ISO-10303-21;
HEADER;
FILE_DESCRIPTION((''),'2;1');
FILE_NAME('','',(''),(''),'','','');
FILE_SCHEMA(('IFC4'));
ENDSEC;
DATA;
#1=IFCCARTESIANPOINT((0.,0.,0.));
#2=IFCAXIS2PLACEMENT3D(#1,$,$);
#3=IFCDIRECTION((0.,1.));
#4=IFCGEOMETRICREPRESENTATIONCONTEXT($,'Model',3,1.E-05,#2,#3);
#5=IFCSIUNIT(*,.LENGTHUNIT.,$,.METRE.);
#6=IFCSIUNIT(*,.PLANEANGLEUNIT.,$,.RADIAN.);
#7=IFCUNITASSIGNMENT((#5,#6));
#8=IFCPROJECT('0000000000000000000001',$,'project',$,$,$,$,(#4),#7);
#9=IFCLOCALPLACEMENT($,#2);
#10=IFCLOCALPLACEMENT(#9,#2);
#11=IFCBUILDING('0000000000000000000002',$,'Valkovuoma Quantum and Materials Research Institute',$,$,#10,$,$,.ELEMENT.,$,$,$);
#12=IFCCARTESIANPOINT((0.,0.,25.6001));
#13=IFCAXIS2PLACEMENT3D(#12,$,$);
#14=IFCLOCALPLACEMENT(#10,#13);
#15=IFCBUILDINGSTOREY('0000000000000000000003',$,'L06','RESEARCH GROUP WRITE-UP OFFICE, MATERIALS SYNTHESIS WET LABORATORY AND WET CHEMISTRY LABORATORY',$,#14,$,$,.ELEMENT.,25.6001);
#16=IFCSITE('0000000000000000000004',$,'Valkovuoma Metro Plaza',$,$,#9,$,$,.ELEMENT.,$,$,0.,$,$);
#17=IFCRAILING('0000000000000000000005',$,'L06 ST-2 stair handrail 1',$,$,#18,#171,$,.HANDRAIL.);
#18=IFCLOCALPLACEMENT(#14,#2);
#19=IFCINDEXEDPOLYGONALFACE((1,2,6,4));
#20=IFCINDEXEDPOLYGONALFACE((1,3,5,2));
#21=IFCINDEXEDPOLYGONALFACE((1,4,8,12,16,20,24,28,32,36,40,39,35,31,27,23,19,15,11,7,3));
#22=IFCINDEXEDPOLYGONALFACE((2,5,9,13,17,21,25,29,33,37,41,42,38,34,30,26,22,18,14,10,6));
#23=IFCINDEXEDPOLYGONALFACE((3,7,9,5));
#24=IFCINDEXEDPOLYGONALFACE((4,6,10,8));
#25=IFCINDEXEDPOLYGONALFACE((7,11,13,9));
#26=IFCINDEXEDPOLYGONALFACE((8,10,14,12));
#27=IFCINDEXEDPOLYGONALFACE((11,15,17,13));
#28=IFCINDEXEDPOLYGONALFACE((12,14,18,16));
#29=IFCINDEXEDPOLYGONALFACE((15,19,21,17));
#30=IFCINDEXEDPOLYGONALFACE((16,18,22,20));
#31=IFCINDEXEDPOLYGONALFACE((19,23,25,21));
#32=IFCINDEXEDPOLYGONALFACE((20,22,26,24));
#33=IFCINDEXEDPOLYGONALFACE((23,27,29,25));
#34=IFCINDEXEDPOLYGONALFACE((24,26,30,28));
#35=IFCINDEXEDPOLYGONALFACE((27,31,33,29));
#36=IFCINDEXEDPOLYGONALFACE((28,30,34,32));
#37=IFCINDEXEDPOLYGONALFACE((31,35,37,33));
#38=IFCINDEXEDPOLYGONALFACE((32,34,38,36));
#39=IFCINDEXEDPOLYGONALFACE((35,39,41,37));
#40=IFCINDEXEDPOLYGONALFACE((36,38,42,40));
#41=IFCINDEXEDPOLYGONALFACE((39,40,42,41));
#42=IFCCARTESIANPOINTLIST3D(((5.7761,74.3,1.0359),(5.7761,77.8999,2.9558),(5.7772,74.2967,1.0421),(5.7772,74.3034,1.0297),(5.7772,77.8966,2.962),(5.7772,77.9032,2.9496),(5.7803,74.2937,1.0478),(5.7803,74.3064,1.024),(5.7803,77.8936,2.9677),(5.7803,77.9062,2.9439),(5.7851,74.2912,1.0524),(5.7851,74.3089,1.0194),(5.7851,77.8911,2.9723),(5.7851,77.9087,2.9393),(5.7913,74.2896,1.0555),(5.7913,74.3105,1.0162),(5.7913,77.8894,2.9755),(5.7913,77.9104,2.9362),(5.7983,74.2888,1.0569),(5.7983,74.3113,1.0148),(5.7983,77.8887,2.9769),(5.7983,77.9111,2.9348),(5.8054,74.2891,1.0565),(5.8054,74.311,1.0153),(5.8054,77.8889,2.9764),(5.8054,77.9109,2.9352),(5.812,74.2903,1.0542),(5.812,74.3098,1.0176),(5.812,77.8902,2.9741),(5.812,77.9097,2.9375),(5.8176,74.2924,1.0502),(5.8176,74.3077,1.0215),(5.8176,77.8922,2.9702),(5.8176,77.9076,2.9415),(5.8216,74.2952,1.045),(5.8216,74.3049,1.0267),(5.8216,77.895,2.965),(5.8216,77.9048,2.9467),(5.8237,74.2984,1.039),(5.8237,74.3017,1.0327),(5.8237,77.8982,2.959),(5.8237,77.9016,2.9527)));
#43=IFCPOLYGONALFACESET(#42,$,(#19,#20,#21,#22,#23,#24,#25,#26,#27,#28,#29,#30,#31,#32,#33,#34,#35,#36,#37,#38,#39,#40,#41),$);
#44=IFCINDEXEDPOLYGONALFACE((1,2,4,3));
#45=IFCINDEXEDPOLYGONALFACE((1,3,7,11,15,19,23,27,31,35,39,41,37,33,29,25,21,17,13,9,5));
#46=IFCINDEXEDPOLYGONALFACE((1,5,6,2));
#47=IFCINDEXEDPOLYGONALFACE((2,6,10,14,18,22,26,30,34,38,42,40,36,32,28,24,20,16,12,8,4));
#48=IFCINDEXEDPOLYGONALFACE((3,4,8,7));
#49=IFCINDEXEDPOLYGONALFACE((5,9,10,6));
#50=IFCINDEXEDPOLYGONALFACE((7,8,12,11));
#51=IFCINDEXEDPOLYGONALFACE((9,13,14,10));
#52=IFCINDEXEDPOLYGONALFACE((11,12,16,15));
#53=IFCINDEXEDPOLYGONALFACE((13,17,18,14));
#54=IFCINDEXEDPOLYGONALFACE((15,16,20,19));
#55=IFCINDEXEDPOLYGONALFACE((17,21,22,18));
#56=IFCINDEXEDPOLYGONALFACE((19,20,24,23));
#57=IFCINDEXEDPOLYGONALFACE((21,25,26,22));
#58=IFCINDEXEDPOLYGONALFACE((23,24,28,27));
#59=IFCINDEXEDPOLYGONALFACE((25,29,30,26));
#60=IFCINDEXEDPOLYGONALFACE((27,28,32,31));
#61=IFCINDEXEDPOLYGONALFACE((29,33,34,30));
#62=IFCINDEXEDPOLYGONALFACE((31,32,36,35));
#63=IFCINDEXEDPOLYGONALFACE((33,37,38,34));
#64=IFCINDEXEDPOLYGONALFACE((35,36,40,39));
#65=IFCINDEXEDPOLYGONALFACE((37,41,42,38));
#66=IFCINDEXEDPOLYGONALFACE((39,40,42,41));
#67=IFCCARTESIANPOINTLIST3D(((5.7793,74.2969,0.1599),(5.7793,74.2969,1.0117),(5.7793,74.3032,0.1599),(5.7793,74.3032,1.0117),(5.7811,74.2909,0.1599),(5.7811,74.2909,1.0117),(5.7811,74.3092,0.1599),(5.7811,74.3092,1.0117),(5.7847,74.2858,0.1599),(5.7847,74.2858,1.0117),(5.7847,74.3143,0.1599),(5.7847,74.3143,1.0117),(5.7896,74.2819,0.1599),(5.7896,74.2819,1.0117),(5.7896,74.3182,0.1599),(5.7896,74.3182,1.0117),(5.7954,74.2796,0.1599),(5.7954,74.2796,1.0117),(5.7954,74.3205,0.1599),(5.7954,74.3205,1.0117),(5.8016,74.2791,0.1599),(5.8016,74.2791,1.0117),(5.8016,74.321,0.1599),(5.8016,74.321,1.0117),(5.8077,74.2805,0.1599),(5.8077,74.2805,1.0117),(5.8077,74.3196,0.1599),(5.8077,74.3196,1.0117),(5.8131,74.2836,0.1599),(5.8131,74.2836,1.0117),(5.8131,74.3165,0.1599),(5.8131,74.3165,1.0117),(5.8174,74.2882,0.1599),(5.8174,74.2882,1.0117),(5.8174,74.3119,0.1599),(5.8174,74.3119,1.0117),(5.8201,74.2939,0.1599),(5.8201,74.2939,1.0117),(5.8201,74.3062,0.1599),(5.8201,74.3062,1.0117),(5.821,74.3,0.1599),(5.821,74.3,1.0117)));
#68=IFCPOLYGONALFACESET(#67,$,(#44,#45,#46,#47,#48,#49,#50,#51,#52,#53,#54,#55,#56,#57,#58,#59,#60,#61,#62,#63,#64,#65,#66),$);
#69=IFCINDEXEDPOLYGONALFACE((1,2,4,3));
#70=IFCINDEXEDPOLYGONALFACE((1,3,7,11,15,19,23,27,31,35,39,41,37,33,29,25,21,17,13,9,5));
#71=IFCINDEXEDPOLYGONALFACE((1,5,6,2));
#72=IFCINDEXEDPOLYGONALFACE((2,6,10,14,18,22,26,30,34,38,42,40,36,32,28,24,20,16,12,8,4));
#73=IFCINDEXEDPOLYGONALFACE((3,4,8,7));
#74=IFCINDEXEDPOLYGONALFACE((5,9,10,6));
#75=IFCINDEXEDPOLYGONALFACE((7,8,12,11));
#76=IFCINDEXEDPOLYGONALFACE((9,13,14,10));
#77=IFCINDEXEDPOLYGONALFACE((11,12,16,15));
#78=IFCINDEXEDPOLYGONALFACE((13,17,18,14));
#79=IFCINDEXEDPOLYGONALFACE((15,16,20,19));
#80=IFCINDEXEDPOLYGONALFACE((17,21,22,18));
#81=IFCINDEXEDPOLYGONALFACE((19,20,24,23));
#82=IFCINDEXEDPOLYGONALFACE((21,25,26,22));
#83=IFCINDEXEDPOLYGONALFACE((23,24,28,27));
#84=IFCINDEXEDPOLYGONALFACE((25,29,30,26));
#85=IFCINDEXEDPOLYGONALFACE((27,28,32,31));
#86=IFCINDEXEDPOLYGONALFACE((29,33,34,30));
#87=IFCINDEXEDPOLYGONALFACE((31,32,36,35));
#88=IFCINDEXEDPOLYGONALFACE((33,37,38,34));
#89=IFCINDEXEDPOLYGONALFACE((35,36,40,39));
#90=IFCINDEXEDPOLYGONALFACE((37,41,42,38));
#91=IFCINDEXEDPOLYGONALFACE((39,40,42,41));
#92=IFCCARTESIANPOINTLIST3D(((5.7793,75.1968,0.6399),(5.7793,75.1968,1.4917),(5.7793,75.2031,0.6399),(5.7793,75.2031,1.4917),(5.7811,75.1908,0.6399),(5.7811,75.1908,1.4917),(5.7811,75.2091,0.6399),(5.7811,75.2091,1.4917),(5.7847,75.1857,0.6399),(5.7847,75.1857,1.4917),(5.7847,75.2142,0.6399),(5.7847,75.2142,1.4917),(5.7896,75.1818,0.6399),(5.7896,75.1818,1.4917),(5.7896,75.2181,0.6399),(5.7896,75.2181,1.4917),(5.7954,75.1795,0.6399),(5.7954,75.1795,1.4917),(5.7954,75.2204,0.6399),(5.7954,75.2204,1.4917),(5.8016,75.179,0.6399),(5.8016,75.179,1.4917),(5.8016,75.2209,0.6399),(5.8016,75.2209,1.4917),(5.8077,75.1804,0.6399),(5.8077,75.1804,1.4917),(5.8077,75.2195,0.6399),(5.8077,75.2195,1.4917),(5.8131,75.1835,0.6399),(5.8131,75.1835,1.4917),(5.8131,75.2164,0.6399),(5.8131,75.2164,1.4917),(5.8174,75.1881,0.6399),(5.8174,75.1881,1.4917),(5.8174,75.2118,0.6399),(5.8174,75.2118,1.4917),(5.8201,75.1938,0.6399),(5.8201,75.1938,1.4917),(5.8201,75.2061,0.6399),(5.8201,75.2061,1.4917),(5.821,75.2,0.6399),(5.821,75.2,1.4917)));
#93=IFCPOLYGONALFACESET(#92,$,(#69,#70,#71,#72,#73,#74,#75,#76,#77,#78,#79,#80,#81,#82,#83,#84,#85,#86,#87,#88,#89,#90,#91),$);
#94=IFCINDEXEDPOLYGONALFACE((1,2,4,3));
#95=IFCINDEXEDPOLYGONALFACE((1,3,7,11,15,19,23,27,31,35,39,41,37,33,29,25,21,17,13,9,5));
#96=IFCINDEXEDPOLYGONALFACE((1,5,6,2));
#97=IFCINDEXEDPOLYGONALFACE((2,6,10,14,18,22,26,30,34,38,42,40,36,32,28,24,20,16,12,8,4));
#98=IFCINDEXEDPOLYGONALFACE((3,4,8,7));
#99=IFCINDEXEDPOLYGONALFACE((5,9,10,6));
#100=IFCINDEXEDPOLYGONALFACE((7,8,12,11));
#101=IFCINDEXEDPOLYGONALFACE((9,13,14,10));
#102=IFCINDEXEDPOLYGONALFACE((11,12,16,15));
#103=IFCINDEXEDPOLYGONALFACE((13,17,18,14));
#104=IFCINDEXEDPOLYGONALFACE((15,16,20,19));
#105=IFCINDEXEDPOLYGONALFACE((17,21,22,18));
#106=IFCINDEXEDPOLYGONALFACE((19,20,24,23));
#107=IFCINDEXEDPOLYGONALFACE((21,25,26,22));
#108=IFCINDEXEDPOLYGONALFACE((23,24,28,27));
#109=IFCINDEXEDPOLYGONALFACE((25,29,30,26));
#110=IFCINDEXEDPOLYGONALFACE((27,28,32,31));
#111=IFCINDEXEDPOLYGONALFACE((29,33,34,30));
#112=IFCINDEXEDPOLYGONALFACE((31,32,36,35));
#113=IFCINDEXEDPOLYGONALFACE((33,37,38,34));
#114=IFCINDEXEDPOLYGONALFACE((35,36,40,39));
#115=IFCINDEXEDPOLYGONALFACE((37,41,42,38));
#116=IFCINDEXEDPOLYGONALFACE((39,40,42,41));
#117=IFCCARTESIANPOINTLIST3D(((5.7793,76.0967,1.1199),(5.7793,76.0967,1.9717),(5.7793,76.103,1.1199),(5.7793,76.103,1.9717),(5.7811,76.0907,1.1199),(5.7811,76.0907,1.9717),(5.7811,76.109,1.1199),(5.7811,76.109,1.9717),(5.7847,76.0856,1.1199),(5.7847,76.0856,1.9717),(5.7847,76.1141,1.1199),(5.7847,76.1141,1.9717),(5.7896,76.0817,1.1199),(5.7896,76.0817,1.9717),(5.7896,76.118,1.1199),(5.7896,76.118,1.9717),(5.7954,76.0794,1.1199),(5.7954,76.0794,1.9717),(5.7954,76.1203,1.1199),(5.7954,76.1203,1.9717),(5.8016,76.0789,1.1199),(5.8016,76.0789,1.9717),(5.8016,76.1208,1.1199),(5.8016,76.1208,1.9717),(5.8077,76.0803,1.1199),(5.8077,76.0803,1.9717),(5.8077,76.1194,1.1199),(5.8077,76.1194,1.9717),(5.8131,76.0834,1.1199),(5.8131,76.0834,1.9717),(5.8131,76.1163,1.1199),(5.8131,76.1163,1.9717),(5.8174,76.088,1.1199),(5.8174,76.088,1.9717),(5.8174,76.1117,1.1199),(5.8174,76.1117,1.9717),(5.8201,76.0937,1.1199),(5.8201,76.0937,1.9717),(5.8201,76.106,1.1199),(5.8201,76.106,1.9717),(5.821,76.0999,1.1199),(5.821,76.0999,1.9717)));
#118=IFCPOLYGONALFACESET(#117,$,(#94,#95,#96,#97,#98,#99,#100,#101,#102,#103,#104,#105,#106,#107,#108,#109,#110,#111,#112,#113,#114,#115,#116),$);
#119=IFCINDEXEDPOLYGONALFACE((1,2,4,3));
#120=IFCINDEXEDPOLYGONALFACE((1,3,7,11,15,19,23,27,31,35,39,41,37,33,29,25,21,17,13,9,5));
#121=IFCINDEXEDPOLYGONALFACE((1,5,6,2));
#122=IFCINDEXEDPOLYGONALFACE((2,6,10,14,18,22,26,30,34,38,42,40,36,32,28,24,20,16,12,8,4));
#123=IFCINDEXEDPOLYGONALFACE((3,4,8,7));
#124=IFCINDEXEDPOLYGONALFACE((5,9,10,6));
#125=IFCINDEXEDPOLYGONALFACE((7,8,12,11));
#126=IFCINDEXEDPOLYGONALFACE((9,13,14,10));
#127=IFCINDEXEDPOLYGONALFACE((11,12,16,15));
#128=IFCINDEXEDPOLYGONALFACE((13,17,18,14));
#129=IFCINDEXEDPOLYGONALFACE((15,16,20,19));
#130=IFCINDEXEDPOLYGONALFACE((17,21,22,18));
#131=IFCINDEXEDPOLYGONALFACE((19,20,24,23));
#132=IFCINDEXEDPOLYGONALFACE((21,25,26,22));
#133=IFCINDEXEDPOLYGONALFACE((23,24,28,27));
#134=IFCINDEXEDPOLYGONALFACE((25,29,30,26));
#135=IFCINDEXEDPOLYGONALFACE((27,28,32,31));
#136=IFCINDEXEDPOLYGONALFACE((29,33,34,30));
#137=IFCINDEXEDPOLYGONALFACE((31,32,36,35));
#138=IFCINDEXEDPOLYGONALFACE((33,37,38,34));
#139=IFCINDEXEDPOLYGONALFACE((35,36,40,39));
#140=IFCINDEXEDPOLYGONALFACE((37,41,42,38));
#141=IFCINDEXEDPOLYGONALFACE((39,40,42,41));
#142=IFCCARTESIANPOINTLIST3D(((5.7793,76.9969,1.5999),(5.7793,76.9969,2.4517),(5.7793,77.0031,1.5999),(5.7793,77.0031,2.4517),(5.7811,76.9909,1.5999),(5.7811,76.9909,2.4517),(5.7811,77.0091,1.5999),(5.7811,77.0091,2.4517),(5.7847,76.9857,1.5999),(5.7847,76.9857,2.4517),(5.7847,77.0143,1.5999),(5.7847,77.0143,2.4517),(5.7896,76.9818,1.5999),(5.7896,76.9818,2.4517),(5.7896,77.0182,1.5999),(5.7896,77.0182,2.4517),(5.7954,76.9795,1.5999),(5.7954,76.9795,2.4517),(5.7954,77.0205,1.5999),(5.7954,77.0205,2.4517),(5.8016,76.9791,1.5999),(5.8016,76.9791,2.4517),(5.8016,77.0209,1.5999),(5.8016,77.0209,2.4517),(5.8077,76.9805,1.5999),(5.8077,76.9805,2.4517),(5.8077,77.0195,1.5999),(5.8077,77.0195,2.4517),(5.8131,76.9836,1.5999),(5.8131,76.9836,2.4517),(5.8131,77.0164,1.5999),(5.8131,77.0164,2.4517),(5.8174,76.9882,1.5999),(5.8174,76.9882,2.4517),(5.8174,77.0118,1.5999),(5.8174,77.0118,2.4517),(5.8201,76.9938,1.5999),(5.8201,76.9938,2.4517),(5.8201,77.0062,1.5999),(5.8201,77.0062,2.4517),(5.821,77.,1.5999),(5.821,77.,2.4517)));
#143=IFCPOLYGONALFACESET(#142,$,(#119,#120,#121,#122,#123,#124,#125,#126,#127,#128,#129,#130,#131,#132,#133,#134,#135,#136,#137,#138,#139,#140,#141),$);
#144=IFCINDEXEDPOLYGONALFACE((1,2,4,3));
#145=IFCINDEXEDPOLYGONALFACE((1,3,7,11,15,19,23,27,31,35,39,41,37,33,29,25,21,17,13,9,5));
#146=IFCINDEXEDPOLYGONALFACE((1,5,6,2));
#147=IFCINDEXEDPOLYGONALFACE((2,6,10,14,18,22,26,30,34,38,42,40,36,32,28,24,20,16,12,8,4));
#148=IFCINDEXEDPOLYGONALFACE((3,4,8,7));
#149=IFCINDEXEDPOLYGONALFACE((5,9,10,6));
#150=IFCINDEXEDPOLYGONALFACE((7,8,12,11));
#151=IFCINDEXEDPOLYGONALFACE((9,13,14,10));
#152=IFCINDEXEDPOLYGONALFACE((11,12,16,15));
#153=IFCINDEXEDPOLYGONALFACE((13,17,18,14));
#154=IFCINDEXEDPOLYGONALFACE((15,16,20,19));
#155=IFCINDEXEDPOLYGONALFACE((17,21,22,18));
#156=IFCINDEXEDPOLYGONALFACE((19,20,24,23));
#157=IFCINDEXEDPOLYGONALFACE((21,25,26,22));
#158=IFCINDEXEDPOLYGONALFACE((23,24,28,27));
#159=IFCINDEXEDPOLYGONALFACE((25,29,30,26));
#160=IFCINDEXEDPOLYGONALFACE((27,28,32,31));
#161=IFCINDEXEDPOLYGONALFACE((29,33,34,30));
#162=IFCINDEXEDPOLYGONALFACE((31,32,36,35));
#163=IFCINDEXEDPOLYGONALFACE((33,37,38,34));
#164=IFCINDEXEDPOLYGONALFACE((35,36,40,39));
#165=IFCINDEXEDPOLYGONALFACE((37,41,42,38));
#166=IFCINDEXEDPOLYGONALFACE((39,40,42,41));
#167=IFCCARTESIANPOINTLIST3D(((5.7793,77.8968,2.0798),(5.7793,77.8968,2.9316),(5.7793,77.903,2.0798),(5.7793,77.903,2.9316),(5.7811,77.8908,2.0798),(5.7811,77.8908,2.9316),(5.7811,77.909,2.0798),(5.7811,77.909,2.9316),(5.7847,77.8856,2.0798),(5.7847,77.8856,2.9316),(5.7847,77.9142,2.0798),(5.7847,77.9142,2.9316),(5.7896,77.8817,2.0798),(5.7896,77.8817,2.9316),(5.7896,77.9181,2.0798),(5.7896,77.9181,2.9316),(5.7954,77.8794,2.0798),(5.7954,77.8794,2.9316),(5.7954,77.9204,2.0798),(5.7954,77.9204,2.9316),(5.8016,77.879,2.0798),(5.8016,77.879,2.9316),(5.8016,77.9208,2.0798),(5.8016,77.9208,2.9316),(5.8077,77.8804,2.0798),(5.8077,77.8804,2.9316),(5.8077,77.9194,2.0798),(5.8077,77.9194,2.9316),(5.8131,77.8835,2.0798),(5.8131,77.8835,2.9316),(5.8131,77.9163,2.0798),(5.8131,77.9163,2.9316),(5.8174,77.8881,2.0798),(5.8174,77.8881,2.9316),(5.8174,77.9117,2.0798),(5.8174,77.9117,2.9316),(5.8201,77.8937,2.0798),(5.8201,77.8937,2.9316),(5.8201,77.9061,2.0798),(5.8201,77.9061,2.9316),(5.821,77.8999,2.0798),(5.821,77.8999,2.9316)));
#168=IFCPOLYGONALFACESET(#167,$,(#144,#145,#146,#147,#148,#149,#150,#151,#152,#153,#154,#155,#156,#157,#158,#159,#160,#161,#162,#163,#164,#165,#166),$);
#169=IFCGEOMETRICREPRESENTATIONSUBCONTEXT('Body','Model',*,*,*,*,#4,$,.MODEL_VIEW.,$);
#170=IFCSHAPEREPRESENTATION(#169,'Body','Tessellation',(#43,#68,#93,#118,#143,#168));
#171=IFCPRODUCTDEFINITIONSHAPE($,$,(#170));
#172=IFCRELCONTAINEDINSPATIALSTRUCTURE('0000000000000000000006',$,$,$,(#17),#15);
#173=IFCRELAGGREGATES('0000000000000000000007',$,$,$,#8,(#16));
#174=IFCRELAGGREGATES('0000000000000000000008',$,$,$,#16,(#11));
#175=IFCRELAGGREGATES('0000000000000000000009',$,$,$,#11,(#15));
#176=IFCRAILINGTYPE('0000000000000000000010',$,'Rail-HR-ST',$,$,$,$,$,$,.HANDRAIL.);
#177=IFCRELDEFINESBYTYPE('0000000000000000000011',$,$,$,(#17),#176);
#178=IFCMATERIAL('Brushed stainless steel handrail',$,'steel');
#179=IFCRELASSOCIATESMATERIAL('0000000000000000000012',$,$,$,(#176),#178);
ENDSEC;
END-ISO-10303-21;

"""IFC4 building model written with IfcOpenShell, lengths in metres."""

from ifc_helpers import new_model, si_unit, direction, frame, origin, origin_2d, place, context, subcontext, project, spatial, circle, extrude, material, type_object, element, save


model = new_model("IFC4")

# Units and contexts
model_context = context("Model", 3, precision=1e-05, world=origin(), true_north=direction((0.0, 1.0)))
body_context = subcontext(model_context, "Body", "Model", "MODEL_VIEW")
ifc_project = project(units=[si_unit("LENGTHUNIT", "METRE"), si_unit("PLANEANGLEUNIT", "RADIAN")], contexts=[model_context])

# Site, building, storey
site_placement = place(None, origin())
site = spatial("IfcSite", under=ifc_project, at=site_placement, Name="Valkovuoma Metro Plaza", CompositionType="ELEMENT", RefElevation=0.0)
building_placement = place(site_placement, origin())
building = spatial("IfcBuilding", under=site, at=building_placement, Name="Valkovuoma Quantum and Materials Research Institute", CompositionType="ELEMENT")
storey_placement = place(building_placement, frame((0.0, 0.0, 25.6001)))
storey = spatial("IfcBuildingStorey", under=building, at=storey_placement, Name="L06", Description="RESEARCH GROUP WRITE-UP OFFICE, MATERIALS SYNTHESIS WET LABORATORY AND WET CHEMISTRY LABORATORY", CompositionType="ELEMENT", Elevation=25.6001)

# Railing
ifc_material_1 = material(Name="Brushed stainless steel handrail", Category="steel")
railing_type_1 = type_object("IfcRailingType", Name="Rail-HR-ST", PredefinedType="HANDRAIL", material=ifc_material_1)
railing_1_placement = place(storey_placement, frame((5.8, 74.3, 0.1599)))
element("IfcRailing", 1, at=railing_1_placement, inside=storey, type_object=railing_type_1, Name="L06 ST-2 stair handrail 1", PredefinedType="HANDRAIL", context=body_context, shape_type="SweptSolid", body=[
    extrude(circle(Radius=0.0239, at=origin_2d()), frame((0.0, 0.0, 0.876), z_axis=(0.0, 0.882353, 0.470588), x_axis=(-1.0, 0.0, 0.0)), (0.0, 0.0, 1.0), 4.0798),
    extrude(circle(Radius=0.021, at=origin_2d()), origin(), (0.0, 0.0, 1.0), 0.8518),
    extrude(circle(Radius=0.021, at=origin_2d()), frame((0.0, 0.8999, 0.48)), (0.0, 0.0, 1.0), 0.8518),
    extrude(circle(Radius=0.021, at=origin_2d()), frame((0.0, 1.7998, 0.96)), (0.0, 0.0, 1.0), 0.8518),
    extrude(circle(Radius=0.021, at=origin_2d()), frame((0.0, 2.7, 1.4399)), (0.0, 0.0, 1.0), 0.8518),
    extrude(circle(Radius=0.021, at=origin_2d()), frame((0.0, 3.5999, 1.9199)), (0.0, 0.0, 1.0), 0.8518),
])

save(model, "model.ifc")
